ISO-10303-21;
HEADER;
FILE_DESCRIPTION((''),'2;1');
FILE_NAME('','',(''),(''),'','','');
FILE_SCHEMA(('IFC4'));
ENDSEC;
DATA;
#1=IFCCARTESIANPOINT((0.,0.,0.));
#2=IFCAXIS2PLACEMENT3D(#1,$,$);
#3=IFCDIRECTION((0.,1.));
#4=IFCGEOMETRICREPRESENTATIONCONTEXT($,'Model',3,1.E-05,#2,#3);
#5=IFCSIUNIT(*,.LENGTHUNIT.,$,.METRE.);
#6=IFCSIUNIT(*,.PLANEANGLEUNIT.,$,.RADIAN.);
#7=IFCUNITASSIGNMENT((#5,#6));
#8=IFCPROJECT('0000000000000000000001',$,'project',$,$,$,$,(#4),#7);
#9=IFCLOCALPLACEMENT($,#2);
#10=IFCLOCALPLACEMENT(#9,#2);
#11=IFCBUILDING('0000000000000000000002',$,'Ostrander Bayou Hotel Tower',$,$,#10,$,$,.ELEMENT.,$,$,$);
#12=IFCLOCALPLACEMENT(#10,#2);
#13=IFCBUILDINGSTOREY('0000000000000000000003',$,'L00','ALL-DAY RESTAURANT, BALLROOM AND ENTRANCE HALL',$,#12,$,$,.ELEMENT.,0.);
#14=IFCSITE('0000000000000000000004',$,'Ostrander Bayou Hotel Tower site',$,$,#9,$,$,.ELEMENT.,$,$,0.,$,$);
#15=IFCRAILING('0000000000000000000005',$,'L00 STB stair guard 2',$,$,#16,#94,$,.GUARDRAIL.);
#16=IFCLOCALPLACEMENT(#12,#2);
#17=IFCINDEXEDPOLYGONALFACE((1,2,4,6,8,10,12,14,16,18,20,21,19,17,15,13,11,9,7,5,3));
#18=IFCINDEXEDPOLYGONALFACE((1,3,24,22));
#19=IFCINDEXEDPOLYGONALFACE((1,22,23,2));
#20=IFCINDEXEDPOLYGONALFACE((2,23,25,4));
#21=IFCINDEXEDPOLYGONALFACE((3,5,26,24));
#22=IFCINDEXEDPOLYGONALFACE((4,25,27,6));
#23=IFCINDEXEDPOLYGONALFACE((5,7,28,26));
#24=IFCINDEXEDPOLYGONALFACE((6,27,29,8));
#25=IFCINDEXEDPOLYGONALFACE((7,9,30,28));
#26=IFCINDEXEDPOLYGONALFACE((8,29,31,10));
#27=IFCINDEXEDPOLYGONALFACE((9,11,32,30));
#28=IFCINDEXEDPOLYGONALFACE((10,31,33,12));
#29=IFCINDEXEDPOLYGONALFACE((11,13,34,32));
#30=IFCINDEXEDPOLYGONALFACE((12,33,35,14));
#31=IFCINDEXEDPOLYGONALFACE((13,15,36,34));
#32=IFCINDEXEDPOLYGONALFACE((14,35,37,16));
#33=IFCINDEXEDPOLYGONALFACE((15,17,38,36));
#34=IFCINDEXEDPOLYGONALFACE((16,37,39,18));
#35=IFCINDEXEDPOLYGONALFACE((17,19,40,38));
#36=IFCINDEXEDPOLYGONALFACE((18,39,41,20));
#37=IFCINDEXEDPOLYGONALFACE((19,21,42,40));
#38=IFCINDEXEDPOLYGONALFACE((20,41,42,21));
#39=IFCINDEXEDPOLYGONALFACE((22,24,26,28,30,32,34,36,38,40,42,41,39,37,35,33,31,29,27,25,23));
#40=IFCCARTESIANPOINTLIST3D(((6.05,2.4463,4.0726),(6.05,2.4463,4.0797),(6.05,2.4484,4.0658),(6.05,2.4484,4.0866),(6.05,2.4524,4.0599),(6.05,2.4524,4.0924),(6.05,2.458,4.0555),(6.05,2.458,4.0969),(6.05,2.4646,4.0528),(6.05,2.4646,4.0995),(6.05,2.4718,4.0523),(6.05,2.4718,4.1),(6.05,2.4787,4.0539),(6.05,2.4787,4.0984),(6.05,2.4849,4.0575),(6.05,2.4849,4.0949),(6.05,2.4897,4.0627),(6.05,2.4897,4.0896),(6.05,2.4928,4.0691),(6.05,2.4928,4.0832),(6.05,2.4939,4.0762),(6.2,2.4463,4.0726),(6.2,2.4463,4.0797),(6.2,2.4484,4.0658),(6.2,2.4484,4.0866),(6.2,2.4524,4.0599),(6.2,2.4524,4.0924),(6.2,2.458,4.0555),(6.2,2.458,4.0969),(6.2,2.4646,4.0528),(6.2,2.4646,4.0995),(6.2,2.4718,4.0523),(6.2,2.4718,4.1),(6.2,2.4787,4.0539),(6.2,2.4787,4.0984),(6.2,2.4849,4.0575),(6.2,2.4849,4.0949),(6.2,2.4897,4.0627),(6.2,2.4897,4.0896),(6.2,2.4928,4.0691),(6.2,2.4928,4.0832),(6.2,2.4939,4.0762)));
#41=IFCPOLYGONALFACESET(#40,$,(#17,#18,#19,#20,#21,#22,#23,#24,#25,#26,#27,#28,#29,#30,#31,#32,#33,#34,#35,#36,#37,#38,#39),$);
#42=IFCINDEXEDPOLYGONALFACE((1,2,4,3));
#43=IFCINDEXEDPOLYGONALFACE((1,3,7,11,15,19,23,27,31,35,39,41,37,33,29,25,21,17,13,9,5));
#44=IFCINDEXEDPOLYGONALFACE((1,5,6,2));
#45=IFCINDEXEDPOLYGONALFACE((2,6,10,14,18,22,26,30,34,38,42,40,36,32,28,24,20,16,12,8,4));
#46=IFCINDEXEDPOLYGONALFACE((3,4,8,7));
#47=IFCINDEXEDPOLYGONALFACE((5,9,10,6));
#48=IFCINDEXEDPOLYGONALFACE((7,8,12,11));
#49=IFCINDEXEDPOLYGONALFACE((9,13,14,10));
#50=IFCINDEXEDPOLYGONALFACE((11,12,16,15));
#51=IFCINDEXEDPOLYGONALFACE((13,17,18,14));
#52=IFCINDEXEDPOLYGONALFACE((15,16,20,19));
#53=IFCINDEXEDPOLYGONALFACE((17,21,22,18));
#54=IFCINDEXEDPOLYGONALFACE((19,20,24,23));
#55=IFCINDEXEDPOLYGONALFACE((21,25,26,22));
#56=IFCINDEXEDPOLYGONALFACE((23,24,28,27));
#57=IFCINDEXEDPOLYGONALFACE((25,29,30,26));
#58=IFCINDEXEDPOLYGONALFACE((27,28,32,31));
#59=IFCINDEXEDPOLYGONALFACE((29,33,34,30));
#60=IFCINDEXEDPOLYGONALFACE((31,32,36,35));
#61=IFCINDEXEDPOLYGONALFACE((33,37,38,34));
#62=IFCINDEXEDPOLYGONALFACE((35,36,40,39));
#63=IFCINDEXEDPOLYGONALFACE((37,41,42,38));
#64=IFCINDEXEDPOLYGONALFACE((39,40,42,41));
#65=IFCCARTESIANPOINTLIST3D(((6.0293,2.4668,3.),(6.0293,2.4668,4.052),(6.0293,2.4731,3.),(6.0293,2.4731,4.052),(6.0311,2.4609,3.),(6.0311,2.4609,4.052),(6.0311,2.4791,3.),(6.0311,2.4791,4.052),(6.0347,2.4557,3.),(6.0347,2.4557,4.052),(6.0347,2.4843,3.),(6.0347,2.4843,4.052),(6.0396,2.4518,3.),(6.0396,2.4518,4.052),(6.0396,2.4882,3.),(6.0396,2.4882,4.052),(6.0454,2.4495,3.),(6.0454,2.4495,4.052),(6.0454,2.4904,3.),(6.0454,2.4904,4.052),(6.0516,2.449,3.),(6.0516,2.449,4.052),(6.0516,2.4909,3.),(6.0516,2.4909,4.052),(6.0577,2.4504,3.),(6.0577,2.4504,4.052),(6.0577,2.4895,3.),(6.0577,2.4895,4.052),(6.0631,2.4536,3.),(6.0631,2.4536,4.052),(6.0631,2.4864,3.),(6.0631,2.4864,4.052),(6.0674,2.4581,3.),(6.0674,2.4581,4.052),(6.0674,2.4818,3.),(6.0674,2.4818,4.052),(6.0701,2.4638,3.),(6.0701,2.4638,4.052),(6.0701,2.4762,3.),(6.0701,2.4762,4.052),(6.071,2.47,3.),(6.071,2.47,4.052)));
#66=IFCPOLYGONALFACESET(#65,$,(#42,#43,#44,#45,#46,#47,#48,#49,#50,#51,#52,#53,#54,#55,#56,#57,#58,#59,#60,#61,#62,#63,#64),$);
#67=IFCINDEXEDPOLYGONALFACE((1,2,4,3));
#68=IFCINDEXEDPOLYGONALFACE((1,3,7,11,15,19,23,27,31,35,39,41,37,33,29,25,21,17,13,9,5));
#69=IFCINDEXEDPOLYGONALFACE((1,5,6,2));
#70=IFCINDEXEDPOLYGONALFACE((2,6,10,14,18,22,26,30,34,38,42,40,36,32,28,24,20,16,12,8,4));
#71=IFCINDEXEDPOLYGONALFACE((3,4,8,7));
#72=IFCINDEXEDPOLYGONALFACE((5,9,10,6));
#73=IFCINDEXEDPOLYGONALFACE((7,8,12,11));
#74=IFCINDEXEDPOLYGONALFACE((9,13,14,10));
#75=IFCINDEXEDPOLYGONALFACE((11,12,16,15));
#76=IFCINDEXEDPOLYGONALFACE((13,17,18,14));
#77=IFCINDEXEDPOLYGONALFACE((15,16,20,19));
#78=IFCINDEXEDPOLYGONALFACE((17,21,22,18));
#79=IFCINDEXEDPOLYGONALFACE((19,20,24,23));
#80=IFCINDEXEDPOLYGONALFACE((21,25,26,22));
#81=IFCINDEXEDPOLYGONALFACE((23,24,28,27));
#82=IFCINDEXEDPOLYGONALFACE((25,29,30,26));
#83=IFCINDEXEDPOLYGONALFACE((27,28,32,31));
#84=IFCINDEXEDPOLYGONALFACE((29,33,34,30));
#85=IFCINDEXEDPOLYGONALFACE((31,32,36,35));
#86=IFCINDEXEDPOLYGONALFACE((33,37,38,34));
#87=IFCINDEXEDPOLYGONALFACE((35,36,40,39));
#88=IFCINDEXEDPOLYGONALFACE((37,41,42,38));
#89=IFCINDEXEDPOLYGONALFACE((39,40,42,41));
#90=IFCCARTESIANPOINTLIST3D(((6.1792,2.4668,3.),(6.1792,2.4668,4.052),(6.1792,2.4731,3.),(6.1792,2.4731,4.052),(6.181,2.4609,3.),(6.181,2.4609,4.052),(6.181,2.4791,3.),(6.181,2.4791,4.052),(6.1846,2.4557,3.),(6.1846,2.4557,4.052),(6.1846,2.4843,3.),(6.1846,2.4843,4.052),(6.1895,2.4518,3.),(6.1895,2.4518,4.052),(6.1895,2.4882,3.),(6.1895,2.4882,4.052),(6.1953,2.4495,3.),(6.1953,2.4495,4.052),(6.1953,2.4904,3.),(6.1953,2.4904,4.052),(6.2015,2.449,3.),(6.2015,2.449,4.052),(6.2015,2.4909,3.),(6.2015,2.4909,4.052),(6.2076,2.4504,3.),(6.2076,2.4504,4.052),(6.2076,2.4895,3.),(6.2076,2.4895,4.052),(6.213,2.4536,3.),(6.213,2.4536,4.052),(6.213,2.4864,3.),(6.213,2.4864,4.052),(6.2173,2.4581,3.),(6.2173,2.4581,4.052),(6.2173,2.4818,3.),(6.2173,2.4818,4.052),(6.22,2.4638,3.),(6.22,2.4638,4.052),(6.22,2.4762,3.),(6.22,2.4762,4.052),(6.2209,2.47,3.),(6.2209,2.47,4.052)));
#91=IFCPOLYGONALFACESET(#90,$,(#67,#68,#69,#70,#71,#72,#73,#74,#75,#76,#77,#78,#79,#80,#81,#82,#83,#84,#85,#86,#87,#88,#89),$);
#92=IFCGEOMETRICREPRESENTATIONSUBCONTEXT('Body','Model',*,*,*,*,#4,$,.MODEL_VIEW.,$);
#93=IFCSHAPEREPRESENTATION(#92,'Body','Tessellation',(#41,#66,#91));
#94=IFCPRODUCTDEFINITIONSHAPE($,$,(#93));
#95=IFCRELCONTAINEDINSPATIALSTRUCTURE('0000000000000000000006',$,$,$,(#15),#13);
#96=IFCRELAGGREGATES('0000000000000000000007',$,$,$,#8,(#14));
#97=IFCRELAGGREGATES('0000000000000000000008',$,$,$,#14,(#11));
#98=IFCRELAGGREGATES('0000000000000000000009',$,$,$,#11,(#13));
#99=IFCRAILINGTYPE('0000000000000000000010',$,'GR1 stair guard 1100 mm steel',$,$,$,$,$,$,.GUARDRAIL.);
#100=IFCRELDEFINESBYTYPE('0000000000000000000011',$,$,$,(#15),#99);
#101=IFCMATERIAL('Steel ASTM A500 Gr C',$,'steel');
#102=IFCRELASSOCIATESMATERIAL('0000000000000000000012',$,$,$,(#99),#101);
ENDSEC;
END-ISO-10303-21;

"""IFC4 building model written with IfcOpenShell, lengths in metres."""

from ifc_helpers import new_model, si_unit, direction, frame, origin, origin_2d, place, context, subcontext, project, spatial, circle, extrude, material, type_object, element, save


model = new_model("IFC4")

# Units and contexts
model_context = context("Model", 3, precision=1e-05, world=origin(), true_north=direction((0.0, 1.0)))
body_context = subcontext(model_context, "Body", "Model", "MODEL_VIEW")
ifc_project = project(units=[si_unit("LENGTHUNIT", "METRE"), si_unit("PLANEANGLEUNIT", "RADIAN")], contexts=[model_context])

# Site, building, storey
site_placement = place(None, origin())
site = spatial("IfcSite", under=ifc_project, at=site_placement, Name="Ostrander Bayou Hotel Tower site", CompositionType="ELEMENT", RefElevation=0.0)
building_placement = place(site_placement, origin())
building = spatial("IfcBuilding", under=site, at=building_placement, Name="Ostrander Bayou Hotel Tower", CompositionType="ELEMENT")
storey_placement = place(building_placement, origin())
storey = spatial("IfcBuildingStorey", under=building, at=storey_placement, Name="L00", Description="ALL-DAY RESTAURANT, BALLROOM AND ENTRANCE HALL", CompositionType="ELEMENT", Elevation=0.0)

# Railing
ifc_material_1 = material(Name="Steel ASTM A500 Gr C", Category="steel")
railing_type_1 = type_object("IfcRailingType", Name="GR1 stair guard 1100 mm steel", PredefinedType="GUARDRAIL", material=ifc_material_1)
railing_1_placement = place(storey_placement, frame((6.05, 2.47, 3.0)))
element("IfcRailing", 1, at=railing_1_placement, inside=storey, type_object=railing_type_1, Name="L00 STB stair guard 2", PredefinedType="GUARDRAIL", context=body_context, shape_type="SweptSolid", body=[
    extrude(circle(Radius=0.0239, at=origin_2d()), frame((0.0, 0.0, 1.0762), z_axis=(1.0, 0.0, 0.0), x_axis=(0.0, 1.0, 0.0)), (0.0, 0.0, 1.0), 0.1499),
    extrude(circle(Radius=0.021, at=origin_2d()), origin(), (0.0, 0.0, 1.0), 1.052),
    extrude(circle(Radius=0.021, at=origin_2d()), frame((0.1499, 0.0, 0.0)), (0.0, 0.0, 1.0), 1.052),
])

save(model, "model.ifc")
